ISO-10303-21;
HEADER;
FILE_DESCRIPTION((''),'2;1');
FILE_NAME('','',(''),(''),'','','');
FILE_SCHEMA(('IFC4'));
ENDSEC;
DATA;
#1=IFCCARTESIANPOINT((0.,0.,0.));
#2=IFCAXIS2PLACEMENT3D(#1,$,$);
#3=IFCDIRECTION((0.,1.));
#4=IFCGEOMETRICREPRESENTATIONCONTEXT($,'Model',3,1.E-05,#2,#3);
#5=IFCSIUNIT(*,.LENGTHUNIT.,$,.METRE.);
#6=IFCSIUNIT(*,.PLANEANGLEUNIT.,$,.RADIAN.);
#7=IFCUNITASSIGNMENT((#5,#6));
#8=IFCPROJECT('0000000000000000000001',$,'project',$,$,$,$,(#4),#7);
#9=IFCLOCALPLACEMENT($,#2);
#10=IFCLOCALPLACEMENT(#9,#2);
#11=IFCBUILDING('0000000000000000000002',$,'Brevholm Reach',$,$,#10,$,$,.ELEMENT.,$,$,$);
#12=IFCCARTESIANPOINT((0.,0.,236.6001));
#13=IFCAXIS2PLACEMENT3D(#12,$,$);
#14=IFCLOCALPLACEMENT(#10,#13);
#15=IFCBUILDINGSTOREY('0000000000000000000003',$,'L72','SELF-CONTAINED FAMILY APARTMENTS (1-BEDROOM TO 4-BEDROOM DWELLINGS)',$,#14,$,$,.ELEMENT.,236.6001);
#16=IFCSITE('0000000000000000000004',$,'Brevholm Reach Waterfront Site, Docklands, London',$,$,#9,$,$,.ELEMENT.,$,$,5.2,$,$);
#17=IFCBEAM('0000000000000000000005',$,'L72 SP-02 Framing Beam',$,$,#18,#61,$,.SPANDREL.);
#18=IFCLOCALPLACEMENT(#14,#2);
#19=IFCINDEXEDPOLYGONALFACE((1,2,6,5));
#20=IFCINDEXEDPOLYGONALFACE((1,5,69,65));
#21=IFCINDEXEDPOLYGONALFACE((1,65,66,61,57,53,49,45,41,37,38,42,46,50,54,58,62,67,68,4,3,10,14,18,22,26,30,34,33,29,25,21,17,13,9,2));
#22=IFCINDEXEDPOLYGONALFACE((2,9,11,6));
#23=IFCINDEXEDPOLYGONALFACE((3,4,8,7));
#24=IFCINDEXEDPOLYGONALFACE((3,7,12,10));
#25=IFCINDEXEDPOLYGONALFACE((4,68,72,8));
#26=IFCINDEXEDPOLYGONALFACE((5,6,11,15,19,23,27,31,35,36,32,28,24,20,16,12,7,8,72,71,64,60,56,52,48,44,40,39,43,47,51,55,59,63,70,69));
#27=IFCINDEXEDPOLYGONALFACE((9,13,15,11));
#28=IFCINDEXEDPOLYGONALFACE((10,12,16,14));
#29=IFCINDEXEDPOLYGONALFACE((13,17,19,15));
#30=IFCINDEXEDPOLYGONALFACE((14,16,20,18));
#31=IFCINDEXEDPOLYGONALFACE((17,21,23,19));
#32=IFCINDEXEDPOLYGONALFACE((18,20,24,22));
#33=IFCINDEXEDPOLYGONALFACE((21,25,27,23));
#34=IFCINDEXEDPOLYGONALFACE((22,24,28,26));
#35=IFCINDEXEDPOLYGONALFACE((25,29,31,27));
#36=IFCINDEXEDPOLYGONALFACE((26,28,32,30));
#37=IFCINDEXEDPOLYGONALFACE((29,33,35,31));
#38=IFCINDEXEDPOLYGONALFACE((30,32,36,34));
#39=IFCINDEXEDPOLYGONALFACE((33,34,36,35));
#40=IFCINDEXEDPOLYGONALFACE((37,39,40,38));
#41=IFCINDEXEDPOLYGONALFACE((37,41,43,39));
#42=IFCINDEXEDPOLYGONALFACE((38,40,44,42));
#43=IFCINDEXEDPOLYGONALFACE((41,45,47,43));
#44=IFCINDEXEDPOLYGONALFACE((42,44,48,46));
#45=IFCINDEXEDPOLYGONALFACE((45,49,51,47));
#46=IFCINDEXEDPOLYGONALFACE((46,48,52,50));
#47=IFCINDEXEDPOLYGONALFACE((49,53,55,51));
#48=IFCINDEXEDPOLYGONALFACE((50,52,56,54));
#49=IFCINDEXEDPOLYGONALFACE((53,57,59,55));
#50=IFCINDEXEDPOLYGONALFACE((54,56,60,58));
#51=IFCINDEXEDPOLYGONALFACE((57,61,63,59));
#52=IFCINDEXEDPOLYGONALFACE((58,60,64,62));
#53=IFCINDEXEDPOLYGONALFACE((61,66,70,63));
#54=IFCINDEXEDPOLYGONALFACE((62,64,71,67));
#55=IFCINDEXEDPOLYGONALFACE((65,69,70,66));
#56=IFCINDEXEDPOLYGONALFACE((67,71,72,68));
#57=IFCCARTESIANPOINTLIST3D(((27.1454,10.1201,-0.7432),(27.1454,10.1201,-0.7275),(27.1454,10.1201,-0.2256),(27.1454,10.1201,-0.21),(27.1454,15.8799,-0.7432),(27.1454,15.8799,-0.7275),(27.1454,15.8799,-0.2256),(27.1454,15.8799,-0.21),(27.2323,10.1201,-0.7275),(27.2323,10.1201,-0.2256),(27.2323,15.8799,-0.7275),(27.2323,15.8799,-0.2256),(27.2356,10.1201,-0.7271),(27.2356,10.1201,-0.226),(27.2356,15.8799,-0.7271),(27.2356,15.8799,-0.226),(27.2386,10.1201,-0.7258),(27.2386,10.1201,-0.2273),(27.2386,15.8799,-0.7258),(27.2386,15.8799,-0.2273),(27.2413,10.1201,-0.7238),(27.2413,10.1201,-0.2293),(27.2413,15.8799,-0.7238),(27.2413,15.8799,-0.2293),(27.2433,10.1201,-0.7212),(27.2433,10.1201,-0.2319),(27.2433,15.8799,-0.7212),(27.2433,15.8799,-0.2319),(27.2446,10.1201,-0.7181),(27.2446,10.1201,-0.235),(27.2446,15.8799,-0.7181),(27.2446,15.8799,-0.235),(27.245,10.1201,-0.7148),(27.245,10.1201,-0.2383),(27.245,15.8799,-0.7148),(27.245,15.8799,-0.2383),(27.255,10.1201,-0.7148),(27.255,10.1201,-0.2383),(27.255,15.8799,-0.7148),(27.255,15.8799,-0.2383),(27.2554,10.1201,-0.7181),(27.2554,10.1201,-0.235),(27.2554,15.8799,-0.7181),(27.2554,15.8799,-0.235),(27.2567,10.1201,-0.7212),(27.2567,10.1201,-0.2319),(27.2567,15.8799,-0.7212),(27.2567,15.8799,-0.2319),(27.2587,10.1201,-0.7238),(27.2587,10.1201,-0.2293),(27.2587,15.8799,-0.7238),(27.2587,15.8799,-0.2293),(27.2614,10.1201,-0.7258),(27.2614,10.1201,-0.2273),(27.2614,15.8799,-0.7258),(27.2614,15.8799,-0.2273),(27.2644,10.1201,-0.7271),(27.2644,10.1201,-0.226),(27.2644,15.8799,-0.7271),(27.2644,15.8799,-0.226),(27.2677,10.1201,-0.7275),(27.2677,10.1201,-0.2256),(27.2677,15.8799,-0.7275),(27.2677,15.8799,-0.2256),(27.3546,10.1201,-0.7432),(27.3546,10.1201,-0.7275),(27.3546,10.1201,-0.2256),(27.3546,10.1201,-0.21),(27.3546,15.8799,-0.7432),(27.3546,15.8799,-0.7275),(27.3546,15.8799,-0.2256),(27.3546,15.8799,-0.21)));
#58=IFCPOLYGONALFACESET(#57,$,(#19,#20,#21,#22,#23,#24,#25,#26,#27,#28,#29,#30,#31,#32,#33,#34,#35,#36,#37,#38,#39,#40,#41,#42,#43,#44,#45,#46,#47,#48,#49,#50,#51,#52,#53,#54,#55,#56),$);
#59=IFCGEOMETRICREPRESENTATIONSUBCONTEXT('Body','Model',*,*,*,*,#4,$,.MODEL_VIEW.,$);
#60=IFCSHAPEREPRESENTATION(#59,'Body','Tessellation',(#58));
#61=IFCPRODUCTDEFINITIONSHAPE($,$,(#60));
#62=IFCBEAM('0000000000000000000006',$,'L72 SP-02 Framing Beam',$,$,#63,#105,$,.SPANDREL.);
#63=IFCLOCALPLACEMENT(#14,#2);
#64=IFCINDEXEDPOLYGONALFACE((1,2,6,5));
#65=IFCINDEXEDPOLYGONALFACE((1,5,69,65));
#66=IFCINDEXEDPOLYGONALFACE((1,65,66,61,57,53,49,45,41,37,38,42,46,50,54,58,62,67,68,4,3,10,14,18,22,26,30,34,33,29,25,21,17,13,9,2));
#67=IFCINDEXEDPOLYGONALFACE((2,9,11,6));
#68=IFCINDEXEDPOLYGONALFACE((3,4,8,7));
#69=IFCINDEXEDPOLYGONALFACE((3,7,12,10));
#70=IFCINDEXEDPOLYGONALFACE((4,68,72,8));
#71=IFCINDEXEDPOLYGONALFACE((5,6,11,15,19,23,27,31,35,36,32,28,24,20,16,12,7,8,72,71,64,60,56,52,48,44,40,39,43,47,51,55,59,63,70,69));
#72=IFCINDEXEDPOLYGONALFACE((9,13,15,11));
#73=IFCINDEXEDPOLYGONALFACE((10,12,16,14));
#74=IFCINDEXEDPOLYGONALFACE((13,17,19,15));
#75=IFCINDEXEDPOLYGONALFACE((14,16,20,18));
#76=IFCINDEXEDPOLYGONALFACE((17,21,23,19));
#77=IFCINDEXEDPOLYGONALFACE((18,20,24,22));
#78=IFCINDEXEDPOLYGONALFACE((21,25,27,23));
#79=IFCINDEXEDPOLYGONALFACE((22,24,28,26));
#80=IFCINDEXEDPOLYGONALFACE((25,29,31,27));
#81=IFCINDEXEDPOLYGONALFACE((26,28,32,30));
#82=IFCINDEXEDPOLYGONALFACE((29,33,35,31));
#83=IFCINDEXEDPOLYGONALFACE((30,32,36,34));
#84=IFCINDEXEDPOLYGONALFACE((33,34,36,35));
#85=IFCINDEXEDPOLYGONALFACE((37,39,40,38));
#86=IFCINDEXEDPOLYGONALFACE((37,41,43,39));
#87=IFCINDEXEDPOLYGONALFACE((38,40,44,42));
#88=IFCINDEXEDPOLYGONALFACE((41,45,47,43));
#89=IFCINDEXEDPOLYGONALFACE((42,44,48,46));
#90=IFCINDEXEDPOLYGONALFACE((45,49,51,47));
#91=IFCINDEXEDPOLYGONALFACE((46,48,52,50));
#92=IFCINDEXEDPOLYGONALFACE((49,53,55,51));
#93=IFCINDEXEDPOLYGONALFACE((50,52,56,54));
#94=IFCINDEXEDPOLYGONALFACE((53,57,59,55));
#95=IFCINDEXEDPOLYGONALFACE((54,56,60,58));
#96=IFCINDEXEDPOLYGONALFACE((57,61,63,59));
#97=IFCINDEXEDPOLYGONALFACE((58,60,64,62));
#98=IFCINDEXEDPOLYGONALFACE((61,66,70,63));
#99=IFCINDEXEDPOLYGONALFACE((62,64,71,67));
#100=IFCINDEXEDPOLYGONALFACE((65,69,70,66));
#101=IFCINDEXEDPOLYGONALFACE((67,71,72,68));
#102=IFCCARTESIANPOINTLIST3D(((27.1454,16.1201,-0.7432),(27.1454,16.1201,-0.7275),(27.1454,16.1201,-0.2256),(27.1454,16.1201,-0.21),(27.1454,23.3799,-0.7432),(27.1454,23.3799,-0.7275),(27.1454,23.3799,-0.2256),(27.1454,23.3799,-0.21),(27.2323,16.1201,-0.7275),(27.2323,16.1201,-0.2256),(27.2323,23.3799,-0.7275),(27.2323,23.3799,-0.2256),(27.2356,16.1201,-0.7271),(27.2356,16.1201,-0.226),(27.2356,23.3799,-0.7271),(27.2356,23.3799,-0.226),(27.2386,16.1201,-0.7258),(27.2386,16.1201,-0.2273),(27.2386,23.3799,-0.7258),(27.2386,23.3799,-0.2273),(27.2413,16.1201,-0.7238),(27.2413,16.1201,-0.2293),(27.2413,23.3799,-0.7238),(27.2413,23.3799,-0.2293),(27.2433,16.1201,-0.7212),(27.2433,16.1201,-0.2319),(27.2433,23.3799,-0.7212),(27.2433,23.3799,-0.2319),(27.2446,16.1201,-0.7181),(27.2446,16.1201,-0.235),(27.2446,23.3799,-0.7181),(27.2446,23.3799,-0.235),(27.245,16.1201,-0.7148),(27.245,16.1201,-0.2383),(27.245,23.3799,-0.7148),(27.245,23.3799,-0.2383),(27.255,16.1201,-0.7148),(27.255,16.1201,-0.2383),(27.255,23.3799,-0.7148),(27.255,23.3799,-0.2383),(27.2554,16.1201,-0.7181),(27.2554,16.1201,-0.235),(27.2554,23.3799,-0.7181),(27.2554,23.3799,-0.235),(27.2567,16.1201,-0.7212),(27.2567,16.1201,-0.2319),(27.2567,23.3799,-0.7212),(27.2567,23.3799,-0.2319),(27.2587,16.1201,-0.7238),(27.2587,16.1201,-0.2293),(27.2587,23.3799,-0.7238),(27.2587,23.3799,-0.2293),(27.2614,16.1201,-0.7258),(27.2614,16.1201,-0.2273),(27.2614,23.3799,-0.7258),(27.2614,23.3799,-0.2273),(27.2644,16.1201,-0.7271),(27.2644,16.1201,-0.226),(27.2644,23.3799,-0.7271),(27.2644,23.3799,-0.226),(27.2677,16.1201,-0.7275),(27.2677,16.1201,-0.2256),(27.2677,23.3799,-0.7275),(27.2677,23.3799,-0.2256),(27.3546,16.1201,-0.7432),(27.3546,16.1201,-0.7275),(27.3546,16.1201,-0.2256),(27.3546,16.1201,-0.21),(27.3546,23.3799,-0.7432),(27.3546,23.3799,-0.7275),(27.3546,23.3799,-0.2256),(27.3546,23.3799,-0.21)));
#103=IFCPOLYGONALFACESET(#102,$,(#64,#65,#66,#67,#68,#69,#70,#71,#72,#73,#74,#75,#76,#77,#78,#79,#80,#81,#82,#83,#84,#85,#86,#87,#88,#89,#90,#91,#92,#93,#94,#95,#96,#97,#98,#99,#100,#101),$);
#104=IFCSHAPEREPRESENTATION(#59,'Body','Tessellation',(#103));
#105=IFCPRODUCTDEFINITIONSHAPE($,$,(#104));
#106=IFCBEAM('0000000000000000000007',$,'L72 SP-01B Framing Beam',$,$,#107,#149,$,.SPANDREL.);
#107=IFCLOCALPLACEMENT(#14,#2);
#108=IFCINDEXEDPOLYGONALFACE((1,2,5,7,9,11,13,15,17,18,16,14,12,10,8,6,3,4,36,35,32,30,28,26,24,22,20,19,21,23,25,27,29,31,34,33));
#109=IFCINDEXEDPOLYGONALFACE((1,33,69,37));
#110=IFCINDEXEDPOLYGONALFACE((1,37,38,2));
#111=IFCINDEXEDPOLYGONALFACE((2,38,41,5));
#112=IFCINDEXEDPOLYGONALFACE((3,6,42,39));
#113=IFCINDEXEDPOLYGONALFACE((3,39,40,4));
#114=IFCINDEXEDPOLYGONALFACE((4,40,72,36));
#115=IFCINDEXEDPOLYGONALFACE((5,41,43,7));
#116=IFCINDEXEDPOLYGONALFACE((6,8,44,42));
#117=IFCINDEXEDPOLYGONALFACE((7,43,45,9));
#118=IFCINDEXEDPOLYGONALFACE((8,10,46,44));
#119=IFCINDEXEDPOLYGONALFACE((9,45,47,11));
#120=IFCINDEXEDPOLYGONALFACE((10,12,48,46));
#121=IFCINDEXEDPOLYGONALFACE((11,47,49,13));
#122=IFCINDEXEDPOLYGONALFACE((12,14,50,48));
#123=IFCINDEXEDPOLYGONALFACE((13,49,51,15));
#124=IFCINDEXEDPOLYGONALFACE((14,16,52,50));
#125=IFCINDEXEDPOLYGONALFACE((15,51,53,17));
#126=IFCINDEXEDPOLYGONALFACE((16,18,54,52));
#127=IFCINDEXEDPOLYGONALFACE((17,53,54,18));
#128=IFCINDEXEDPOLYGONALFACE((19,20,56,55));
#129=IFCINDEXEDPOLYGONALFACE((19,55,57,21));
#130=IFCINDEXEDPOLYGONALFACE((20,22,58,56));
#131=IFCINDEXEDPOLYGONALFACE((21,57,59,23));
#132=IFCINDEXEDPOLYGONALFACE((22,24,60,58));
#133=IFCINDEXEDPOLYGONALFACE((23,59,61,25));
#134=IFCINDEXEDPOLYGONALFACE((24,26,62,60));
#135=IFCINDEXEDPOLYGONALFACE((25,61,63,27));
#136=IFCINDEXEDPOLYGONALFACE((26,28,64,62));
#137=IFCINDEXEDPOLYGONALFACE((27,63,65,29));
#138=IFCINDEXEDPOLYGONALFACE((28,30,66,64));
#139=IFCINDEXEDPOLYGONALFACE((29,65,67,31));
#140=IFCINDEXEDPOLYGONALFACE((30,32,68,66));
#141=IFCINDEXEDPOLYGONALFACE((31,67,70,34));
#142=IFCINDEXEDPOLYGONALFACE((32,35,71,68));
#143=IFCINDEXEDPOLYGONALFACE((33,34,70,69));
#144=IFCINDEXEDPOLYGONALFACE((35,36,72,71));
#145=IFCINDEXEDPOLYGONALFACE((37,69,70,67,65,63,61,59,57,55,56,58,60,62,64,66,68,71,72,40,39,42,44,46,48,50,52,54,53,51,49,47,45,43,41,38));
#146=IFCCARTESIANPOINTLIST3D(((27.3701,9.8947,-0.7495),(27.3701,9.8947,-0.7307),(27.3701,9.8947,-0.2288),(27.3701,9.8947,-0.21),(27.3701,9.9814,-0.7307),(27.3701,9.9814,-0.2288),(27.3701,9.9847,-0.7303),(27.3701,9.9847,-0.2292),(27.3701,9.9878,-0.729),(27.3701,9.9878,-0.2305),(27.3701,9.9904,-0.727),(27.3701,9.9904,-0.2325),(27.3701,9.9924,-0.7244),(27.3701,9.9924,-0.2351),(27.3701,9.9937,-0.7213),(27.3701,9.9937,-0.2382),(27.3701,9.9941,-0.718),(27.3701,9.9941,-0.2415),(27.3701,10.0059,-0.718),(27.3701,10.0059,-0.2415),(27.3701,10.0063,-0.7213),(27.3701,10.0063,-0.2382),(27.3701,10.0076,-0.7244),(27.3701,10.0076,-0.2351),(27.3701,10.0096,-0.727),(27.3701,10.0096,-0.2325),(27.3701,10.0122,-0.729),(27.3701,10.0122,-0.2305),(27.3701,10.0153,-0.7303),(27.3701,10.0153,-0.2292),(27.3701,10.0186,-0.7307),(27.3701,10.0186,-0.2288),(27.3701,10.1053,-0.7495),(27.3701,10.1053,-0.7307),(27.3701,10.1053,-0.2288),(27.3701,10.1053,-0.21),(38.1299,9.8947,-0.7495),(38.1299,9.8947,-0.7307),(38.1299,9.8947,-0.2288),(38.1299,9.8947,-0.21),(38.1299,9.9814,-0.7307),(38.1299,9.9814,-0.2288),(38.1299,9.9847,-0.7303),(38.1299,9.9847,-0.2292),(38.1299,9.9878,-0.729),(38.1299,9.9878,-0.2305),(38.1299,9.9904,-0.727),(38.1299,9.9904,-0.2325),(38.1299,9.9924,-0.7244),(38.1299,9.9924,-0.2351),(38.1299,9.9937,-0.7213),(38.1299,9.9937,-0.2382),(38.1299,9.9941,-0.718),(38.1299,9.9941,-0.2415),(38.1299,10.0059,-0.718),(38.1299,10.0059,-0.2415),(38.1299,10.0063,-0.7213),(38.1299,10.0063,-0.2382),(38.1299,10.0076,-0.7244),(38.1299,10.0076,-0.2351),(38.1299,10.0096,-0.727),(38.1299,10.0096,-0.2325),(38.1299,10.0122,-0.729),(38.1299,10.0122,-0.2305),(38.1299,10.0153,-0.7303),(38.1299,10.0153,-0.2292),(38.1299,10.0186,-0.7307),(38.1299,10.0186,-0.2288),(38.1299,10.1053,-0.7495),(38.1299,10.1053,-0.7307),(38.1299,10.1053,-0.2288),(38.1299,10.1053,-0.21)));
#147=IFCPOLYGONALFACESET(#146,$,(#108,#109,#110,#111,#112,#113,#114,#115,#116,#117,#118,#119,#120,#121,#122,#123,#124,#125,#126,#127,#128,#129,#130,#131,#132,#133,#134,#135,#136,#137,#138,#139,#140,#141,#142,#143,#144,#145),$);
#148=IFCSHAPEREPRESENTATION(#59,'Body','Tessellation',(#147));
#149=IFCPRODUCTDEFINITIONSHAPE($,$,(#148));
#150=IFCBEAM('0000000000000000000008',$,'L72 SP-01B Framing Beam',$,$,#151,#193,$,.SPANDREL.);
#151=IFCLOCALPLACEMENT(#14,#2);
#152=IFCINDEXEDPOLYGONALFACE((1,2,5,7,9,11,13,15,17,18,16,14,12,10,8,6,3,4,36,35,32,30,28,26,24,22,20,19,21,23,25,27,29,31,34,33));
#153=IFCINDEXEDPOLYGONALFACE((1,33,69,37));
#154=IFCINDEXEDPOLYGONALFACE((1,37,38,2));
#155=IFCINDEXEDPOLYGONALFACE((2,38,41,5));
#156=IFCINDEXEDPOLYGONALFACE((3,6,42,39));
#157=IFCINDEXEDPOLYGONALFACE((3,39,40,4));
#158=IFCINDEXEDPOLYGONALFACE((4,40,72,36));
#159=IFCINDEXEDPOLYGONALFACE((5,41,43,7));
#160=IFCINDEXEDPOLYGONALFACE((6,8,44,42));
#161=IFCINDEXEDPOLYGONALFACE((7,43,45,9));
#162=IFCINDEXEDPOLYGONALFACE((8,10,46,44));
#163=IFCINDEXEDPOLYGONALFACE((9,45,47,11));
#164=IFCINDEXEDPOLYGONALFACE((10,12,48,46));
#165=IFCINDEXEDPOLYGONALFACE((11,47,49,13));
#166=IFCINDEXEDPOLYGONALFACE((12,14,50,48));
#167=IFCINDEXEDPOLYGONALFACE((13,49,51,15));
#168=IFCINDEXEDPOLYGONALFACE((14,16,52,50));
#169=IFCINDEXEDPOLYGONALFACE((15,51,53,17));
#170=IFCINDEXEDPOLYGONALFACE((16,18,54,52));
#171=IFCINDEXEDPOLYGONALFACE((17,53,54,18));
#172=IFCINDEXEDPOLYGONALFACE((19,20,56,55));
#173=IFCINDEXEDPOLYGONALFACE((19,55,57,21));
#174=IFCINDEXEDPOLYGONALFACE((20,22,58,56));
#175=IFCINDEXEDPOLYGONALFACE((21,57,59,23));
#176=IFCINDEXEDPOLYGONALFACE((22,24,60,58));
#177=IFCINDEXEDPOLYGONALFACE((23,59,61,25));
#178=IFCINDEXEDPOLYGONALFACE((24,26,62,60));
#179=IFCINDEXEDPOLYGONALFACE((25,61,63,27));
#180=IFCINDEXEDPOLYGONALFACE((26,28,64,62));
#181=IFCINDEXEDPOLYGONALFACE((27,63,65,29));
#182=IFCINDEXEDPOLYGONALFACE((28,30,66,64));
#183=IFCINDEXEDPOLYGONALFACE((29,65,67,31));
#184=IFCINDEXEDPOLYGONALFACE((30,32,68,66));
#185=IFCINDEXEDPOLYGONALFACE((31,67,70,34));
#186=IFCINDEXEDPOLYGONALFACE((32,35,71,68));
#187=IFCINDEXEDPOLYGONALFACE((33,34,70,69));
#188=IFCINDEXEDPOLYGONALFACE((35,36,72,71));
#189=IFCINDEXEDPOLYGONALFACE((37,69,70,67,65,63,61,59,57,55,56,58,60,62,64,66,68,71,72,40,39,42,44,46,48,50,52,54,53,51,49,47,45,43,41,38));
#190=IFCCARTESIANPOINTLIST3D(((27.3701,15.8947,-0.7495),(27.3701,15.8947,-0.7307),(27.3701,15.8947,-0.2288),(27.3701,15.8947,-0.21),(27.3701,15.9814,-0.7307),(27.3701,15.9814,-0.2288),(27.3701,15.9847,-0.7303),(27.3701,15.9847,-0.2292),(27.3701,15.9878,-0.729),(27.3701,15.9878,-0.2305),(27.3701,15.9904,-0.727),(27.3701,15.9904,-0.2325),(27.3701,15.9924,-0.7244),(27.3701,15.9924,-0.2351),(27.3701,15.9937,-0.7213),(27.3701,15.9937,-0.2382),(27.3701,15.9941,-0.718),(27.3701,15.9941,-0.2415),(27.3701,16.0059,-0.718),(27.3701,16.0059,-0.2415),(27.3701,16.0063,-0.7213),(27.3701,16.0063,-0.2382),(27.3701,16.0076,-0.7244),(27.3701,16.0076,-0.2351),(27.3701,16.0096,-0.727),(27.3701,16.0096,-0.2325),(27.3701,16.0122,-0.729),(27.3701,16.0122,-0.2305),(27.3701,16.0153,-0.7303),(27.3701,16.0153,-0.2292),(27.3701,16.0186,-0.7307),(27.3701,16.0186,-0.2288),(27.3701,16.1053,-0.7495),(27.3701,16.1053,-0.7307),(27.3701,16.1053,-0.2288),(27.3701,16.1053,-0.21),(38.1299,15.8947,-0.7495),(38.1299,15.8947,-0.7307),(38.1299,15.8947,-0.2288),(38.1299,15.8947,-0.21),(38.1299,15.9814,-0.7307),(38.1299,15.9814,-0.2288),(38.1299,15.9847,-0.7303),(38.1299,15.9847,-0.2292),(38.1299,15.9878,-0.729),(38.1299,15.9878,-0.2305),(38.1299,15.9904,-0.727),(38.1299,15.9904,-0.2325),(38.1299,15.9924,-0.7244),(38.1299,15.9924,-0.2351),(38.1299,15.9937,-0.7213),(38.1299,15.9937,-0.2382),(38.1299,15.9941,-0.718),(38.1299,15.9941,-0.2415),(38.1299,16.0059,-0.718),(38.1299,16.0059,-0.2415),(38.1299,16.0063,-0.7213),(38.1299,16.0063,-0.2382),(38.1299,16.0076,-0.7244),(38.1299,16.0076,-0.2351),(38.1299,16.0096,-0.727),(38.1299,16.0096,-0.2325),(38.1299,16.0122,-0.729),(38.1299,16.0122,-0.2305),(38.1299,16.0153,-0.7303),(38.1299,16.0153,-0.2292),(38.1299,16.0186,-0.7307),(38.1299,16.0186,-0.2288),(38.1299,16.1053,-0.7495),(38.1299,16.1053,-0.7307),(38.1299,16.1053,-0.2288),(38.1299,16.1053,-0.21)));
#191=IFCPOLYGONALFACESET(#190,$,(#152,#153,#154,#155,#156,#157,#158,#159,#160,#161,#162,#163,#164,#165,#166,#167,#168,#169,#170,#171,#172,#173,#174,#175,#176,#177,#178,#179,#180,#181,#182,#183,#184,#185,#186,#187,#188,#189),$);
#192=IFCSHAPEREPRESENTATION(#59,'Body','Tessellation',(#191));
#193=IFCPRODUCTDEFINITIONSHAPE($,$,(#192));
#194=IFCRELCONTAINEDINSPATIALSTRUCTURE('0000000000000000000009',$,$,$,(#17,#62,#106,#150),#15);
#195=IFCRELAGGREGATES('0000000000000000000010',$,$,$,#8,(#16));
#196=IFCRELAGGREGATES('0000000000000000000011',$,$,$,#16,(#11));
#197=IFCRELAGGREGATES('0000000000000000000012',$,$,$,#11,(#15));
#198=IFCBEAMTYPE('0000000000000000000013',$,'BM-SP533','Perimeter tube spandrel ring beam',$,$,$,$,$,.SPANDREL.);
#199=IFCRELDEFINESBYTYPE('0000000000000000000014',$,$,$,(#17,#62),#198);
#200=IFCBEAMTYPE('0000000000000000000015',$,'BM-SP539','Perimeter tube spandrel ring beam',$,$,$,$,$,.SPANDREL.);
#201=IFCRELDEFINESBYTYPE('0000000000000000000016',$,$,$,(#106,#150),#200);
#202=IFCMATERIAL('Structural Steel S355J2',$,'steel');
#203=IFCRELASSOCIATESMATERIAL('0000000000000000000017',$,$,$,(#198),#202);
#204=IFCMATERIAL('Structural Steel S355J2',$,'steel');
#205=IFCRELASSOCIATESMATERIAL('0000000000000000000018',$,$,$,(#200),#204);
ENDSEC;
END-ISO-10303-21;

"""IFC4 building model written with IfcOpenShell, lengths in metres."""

from ifc_helpers import new_model, si_unit, direction, frame, origin, origin_2d, place, context, subcontext, project, spatial, i_section, extrude, material, material_profile, profile_set, type_object, element, save


model = new_model("IFC4")

# Units and contexts
model_context = context("Model", 3, precision=1e-05, world=origin(), true_north=direction((0.0, 1.0)))
body_context = subcontext(model_context, "Body", "Model", "MODEL_VIEW")
ifc_project = project(units=[si_unit("LENGTHUNIT", "METRE"), si_unit("PLANEANGLEUNIT", "RADIAN")], contexts=[model_context])

# Site, building, storey
site_placement = place(None, origin())
site = spatial("IfcSite", under=ifc_project, at=site_placement, Name="Brevholm Reach Waterfront Site, Docklands, London", CompositionType="ELEMENT", RefElevation=5.2)
building_placement = place(site_placement, origin())
building = spatial("IfcBuilding", under=site, at=building_placement, Name="Brevholm Reach", CompositionType="ELEMENT")
storey_placement = place(building_placement, frame((0.0, 0.0, 236.6001)))
storey = spatial("IfcBuildingStorey", under=building, at=storey_placement, Name="L72", Description="SELF-CONTAINED FAMILY APARTMENTS (1-BEDROOM TO 4-BEDROOM DWELLINGS)", CompositionType="ELEMENT", Elevation=236.6001)

# Beams
ifc_material_1 = material(Name="Structural Steel S355J2", Category="steel")
ifc_material_profile_1 = material_profile(ifc_material_1, i_section(OverallWidth=0.2092, OverallDepth=0.5332, WebThickness=0.01, FlangeThickness=0.0156, FilletRadius=0.0127, at=origin_2d()), Name="UKB 533x210x92")
ifc_profile_set_1 = profile_set([ifc_material_profile_1], Name="Structural Steel S355J2")
beam_type_1 = type_object("IfcBeamType", Name="BM-SP533", Description="Perimeter tube spandrel ring beam", PredefinedType="SPANDREL", material=ifc_profile_set_1)
beam_1_placement = place(storey_placement, frame((27.25, 10.1201, -0.4766), z_axis=(0.0, 1.0, 0.0), x_axis=(-1.0, 0.0, 0.0)))
element("IfcBeam", 1, at=beam_1_placement, inside=storey, type_object=beam_type_1, Name="L72 SP-02 Framing Beam", PredefinedType="SPANDREL", context=body_context, shape_type="SweptSolid", body=[
    extrude(i_section(OverallWidth=0.2092, OverallDepth=0.5332, WebThickness=0.01, FlangeThickness=0.0156, FilletRadius=0.0127, at=origin_2d()), origin(), (0.0, 0.0, 1.0), 5.7598),
])
beam_2_placement = place(storey_placement, frame((27.25, 16.1201, -0.4766), z_axis=(0.0, 1.0, 0.0), x_axis=(-1.0, 0.0, 0.0)))
element("IfcBeam", 2, at=beam_2_placement, inside=storey, type_object=beam_type_1, Name="L72 SP-02 Framing Beam", PredefinedType="SPANDREL", context=body_context, shape_type="SweptSolid", body=[
    extrude(i_section(OverallWidth=0.2092, OverallDepth=0.5332, WebThickness=0.01, FlangeThickness=0.0156, FilletRadius=0.0127, at=origin_2d()), origin(), (0.0, 0.0, 1.0), 7.2598),
])
ifc_material_2 = material(Name="Structural Steel S355J2", Category="steel")
ifc_material_profile_2 = material_profile(ifc_material_2, i_section(OverallWidth=0.2107, OverallDepth=0.5396, WebThickness=0.0117, FlangeThickness=0.0188, FilletRadius=0.0127, at=origin_2d()), Name="UKB 533x210x109")
ifc_profile_set_2 = profile_set([ifc_material_profile_2], Name="Structural Steel S355J2")
beam_type_2 = type_object("IfcBeamType", Name="BM-SP539", Description="Perimeter tube spandrel ring beam", PredefinedType="SPANDREL", material=ifc_profile_set_2)
for number, where, z_axis, x_axis, name in (
    (3, (27.3701, 10.0, -0.4797), (1.0, 0.0, 0.0), (0.0, 1.0, 0.0), "L72 SP-01B Framing Beam"),
    (4, (27.3701, 16.0, -0.4797), (1.0, 0.0, 0.0), (0.0, 1.0, 0.0), "L72 SP-01B Framing Beam"),
):
    element("IfcBeam", number, at=place(storey_placement, frame(where, z_axis=z_axis, x_axis=x_axis)), inside=storey, type_object=beam_type_2, Name=name, PredefinedType="SPANDREL", context=body_context, shape_type="SweptSolid", body=[
        extrude(i_section(OverallWidth=0.2107, OverallDepth=0.5396, WebThickness=0.0117, FlangeThickness=0.0188, FilletRadius=0.0127, at=origin_2d()), origin(), (0.0, 0.0, 1.0), 10.7598),
    ])

save(model, "model.ifc")
